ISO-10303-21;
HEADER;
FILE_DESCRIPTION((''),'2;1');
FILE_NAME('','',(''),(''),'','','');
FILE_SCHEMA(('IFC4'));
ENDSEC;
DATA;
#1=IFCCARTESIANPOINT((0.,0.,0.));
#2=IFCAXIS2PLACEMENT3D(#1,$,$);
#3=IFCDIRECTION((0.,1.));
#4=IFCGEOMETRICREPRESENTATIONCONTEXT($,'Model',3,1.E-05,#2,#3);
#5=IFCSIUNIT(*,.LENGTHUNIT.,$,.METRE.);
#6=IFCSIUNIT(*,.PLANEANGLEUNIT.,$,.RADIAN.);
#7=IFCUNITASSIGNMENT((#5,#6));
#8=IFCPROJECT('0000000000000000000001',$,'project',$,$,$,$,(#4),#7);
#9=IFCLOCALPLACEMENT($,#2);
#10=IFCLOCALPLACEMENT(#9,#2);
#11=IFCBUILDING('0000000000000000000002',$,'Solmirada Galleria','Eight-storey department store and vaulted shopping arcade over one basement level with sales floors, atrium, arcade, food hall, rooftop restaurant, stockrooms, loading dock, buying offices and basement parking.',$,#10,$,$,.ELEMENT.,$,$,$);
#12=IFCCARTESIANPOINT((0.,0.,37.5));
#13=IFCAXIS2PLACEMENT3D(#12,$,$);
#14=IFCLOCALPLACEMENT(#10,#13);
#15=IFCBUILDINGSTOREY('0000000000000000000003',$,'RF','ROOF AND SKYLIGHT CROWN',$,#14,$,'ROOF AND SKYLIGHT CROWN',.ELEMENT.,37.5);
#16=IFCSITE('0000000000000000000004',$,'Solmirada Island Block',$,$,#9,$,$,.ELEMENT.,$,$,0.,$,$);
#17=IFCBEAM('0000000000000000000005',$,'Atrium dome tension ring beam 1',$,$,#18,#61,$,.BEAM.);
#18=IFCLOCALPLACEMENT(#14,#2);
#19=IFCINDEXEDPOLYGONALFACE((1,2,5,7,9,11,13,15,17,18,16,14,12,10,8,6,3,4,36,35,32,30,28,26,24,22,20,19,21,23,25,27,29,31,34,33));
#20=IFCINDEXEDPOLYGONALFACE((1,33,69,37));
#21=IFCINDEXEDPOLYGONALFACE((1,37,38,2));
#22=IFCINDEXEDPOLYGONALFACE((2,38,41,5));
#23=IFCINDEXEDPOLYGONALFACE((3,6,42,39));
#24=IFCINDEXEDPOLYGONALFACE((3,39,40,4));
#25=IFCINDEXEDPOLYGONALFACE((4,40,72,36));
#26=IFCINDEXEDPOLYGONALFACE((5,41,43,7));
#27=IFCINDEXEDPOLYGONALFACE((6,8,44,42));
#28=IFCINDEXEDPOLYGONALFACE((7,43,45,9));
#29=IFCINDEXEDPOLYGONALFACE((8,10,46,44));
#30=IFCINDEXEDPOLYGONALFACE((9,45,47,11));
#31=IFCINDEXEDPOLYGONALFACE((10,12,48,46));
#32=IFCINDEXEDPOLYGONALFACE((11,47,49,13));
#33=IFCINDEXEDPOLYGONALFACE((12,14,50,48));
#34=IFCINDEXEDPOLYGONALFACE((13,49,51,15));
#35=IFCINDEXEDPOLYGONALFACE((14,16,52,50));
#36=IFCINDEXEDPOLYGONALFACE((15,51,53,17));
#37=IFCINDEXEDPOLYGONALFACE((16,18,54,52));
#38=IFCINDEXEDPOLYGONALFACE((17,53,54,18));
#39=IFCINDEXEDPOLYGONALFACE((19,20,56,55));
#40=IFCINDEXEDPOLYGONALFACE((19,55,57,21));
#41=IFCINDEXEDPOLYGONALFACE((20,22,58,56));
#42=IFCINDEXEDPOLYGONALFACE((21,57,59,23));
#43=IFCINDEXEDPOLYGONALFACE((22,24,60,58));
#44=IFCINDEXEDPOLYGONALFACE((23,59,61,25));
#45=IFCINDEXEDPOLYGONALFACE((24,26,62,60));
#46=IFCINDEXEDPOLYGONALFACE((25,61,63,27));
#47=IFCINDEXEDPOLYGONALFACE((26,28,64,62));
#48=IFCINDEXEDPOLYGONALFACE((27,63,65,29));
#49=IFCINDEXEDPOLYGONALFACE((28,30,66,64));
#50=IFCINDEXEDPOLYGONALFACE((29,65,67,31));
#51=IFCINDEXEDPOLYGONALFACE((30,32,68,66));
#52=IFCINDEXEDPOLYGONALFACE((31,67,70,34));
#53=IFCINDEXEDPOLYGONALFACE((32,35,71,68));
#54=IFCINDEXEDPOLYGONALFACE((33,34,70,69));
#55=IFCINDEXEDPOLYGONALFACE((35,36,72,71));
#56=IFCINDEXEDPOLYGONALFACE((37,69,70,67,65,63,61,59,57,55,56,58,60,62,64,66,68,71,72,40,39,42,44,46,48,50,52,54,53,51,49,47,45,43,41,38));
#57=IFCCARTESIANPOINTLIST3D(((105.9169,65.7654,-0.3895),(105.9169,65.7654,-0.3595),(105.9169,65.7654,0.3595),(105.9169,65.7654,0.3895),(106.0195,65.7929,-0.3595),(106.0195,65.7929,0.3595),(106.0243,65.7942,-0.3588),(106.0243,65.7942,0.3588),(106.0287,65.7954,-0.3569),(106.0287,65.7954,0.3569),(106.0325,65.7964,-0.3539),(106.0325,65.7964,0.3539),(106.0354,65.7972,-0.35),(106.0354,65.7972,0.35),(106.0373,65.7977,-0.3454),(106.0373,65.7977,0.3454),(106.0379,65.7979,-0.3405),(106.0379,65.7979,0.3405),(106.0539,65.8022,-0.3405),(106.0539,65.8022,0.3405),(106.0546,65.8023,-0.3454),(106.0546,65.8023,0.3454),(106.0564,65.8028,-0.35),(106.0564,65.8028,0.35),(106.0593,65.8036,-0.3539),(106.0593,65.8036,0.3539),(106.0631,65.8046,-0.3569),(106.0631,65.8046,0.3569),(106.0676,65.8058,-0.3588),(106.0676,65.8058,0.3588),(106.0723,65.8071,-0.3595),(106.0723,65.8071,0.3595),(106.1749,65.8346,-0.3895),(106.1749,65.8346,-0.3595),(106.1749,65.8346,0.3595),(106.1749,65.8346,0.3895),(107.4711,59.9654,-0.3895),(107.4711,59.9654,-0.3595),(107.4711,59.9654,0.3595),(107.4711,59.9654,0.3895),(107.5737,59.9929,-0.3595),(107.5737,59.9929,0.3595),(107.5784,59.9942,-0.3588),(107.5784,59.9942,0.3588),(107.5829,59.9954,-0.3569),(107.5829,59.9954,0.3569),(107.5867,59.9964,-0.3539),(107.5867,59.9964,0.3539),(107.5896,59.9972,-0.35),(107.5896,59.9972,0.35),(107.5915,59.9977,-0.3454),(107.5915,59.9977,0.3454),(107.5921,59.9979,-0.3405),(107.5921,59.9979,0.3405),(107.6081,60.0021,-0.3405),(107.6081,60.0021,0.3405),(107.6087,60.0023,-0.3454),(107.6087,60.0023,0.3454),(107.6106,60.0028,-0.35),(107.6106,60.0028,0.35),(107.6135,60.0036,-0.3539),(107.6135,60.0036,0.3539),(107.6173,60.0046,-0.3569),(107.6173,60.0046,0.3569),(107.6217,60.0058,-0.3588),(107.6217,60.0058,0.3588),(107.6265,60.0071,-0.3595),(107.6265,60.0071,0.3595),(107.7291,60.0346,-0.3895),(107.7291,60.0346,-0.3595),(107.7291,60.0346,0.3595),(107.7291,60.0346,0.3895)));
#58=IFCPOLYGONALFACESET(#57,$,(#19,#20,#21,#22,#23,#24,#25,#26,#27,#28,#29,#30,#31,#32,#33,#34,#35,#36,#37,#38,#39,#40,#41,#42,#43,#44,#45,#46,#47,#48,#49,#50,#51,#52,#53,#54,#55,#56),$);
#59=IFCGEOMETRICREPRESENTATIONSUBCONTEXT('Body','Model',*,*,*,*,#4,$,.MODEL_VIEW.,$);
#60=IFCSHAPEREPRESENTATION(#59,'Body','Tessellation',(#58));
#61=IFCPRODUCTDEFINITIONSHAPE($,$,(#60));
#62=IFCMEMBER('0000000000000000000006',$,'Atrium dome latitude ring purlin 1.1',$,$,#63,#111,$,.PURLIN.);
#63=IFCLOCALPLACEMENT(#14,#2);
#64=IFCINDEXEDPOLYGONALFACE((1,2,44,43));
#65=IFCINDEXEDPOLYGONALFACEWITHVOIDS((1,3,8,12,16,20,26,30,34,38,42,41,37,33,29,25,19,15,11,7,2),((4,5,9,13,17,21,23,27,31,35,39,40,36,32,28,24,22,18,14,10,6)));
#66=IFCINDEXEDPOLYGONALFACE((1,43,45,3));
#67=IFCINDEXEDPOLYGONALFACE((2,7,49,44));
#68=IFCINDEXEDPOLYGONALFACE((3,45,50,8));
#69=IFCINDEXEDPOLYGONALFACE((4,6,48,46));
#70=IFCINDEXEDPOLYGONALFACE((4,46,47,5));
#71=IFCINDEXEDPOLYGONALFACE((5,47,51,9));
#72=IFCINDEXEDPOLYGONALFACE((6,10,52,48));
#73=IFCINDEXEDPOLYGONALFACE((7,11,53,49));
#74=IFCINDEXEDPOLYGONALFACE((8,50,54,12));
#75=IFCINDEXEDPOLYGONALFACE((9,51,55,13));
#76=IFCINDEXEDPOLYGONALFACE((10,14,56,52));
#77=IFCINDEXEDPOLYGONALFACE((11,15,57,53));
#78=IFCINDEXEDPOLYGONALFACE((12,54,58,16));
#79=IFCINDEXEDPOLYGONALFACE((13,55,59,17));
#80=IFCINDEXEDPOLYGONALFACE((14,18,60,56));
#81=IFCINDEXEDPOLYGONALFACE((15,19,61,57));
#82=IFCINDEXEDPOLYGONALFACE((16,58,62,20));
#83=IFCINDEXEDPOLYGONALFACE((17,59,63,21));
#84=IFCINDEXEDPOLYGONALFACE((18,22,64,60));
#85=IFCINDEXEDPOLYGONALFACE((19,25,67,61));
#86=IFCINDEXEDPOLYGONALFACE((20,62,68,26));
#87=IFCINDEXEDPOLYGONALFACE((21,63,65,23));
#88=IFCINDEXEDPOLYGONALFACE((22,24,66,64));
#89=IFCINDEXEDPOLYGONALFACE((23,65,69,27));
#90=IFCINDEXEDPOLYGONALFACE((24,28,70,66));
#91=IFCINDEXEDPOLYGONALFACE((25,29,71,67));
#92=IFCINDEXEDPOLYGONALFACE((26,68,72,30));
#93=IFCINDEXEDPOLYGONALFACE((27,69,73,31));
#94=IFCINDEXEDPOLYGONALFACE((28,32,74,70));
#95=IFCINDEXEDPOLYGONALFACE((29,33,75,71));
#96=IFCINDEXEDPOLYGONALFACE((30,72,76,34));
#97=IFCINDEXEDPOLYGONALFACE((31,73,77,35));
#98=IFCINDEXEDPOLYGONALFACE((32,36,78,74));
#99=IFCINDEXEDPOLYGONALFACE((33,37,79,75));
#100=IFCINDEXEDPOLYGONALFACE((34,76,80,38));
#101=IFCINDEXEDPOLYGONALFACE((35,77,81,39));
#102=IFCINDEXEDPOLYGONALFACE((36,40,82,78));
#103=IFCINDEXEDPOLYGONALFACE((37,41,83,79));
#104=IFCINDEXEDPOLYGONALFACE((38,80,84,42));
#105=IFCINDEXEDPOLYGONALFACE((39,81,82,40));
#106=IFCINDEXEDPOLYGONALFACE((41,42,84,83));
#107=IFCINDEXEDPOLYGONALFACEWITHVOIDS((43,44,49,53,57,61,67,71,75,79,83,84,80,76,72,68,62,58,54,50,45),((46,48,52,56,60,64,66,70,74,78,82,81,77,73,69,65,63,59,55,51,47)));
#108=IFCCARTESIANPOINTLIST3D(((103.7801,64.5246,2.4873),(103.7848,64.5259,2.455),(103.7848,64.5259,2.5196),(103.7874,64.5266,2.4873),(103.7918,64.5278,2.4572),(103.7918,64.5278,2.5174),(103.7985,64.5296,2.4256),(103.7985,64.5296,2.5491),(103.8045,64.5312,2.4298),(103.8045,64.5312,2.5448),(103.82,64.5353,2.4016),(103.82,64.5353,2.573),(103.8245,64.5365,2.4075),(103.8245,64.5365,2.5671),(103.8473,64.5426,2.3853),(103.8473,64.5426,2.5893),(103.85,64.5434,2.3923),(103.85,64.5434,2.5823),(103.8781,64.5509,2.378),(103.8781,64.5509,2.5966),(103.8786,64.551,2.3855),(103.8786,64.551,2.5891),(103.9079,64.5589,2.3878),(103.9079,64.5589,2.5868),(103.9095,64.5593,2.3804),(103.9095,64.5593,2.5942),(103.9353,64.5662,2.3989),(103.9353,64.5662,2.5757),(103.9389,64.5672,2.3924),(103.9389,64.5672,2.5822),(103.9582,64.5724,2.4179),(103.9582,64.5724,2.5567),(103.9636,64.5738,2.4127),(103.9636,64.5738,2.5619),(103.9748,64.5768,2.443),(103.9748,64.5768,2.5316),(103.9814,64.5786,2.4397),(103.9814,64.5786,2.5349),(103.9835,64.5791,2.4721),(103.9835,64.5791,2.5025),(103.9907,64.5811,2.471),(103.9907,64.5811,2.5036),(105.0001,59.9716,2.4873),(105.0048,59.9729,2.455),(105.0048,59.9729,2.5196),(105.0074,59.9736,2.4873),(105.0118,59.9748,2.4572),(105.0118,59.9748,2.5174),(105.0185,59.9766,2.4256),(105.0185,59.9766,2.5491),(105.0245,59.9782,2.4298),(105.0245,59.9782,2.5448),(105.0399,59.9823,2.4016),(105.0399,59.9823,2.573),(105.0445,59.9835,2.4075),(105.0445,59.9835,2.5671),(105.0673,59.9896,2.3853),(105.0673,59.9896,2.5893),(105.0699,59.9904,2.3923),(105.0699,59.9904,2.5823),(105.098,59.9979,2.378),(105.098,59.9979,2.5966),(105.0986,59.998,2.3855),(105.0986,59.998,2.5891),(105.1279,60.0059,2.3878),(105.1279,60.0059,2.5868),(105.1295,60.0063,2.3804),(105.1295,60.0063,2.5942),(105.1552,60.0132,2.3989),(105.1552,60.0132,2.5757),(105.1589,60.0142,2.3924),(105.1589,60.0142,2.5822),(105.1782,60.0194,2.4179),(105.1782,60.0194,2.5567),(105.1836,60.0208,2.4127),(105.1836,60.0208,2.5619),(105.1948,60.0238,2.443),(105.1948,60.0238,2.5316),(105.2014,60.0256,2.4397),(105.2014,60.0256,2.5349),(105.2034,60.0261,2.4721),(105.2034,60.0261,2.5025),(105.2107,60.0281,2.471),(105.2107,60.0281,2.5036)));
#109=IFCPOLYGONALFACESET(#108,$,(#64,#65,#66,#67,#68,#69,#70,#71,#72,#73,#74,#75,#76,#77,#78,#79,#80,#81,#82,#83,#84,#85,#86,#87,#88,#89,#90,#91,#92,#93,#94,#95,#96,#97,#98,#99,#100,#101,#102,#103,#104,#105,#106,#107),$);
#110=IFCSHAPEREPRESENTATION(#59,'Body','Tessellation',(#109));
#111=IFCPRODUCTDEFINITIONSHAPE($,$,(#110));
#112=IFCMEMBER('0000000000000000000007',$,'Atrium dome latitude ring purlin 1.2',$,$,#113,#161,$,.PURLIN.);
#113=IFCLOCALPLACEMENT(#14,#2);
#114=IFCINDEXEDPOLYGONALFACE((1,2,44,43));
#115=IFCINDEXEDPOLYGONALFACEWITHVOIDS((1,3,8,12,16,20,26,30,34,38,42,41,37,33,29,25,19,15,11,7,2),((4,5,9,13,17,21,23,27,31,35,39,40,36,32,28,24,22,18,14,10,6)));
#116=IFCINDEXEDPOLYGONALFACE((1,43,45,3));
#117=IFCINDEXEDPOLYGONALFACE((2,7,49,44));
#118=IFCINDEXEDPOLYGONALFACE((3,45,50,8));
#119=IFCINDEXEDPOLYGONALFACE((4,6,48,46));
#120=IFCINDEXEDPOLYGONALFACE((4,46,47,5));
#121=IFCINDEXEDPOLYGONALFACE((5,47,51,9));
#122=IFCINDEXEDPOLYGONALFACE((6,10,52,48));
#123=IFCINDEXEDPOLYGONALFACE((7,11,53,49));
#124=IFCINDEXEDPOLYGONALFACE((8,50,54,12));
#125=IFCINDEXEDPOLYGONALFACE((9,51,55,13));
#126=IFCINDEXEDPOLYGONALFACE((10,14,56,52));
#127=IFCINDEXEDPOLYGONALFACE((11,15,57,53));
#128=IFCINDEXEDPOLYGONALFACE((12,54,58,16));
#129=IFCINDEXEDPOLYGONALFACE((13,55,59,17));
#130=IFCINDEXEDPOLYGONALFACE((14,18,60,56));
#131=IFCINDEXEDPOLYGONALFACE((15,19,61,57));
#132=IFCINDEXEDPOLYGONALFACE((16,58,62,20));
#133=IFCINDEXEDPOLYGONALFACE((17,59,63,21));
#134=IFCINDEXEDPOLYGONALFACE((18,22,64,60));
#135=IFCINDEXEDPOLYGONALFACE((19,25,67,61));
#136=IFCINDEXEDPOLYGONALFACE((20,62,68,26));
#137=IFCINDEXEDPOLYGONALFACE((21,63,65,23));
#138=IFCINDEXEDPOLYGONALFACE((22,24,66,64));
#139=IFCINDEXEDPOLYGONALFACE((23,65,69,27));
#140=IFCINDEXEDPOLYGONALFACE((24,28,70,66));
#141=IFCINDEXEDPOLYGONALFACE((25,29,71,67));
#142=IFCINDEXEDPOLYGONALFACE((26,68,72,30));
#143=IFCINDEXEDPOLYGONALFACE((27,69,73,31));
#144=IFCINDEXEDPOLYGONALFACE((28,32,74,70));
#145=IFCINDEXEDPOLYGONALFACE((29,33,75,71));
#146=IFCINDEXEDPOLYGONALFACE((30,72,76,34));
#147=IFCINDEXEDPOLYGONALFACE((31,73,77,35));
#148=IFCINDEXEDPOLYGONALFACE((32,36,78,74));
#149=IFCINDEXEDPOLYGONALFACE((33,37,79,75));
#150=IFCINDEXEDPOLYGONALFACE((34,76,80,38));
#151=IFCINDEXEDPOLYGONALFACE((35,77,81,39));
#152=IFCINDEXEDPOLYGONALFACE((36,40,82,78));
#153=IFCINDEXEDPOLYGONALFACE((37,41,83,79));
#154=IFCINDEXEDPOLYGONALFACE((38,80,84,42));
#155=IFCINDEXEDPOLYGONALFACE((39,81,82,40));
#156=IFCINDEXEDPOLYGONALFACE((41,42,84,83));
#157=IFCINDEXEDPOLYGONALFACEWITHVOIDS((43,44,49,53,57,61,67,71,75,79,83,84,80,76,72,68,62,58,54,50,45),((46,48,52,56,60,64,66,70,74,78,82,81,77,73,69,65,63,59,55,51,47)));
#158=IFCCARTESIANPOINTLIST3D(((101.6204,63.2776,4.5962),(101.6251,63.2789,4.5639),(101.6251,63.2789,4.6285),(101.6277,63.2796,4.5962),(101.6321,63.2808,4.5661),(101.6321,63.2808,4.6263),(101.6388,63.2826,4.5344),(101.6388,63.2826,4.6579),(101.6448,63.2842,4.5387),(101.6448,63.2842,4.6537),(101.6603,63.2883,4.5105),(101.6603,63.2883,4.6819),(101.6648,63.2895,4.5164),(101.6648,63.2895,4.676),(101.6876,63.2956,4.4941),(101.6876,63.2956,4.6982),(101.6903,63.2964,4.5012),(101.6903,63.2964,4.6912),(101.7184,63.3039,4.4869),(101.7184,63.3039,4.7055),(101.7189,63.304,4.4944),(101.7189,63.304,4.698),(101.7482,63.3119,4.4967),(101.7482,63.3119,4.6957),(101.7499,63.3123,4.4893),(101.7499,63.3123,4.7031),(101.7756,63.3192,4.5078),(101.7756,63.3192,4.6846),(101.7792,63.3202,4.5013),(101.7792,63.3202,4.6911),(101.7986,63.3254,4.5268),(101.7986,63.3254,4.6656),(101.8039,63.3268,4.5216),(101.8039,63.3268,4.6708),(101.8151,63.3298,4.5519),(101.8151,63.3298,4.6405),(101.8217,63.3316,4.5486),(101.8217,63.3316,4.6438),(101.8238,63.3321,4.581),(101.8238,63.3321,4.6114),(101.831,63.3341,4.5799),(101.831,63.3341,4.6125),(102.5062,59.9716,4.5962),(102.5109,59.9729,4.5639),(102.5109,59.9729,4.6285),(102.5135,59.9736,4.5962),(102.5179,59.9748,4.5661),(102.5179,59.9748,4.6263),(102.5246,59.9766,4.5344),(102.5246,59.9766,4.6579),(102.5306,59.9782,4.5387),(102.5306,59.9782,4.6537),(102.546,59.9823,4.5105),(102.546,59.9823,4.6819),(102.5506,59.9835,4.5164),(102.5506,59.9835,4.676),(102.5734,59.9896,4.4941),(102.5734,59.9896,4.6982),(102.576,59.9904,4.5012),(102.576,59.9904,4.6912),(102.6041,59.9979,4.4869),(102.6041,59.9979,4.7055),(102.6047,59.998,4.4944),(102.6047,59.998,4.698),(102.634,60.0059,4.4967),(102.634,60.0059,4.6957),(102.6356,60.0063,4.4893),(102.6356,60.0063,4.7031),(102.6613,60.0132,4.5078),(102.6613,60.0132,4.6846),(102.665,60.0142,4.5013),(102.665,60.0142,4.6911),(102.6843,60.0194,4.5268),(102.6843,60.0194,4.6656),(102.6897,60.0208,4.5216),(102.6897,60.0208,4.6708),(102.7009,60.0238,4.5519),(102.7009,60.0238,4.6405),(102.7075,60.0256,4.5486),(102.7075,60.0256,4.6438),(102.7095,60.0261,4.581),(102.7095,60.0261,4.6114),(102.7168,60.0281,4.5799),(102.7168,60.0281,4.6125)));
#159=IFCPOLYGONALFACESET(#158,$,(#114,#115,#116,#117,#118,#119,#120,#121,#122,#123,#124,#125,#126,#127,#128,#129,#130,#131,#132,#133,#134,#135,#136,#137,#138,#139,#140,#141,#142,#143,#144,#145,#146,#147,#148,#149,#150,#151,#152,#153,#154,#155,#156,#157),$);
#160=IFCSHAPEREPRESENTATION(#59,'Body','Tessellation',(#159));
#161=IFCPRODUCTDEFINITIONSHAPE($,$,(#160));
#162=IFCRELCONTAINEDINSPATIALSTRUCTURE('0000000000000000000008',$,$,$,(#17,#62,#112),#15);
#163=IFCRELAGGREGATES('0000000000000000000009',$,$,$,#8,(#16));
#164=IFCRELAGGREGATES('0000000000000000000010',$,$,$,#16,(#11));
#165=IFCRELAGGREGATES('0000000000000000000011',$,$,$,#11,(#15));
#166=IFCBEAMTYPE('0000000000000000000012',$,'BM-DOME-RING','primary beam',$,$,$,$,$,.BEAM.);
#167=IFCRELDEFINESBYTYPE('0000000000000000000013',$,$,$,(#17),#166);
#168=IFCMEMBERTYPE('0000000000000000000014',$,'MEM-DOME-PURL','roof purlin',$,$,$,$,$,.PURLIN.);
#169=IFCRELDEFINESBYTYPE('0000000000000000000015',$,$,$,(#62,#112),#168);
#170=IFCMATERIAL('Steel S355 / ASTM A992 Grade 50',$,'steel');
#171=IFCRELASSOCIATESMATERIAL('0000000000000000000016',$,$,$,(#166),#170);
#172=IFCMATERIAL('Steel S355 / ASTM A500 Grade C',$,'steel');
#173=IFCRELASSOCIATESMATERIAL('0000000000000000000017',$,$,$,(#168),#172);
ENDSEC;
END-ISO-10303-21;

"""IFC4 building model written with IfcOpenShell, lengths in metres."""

from ifc_helpers import new_model, si_unit, direction, frame, origin, origin_2d, place, context, subcontext, project, spatial, hollow_circle, i_section, extrude, material, material_profile, profile_set, type_object, element, save


model = new_model("IFC4")

# Units and contexts
model_context = context("Model", 3, precision=1e-05, world=origin(), true_north=direction((0.0, 1.0)))
body_context = subcontext(model_context, "Body", "Model", "MODEL_VIEW")
ifc_project = project(units=[si_unit("LENGTHUNIT", "METRE"), si_unit("PLANEANGLEUNIT", "RADIAN")], contexts=[model_context])

# Site, building, storey
site_placement = place(None, origin())
site = spatial("IfcSite", under=ifc_project, at=site_placement, Name="Solmirada Island Block", CompositionType="ELEMENT", RefElevation=0.0)
building_placement = place(site_placement, origin())
building = spatial("IfcBuilding", under=site, at=building_placement, Name="Solmirada Galleria", Description="Eight-storey department store and vaulted shopping arcade over one basement level with sales floors, atrium, arcade, food hall, rooftop restaurant, stockrooms, loading dock, buying offices and basement parking.", CompositionType="ELEMENT")
storey_placement = place(building_placement, frame((0.0, 0.0, 37.5)))
storey = spatial("IfcBuildingStorey", under=building, at=storey_placement, Name="RF", Description="ROOF AND SKYLIGHT CROWN", LongName="ROOF AND SKYLIGHT CROWN", CompositionType="ELEMENT", Elevation=37.5)

# Beam
ifc_material_1 = material(Name="Steel S355 / ASTM A992 Grade 50", Category="steel")
ifc_material_profile_1 = material_profile(ifc_material_1, i_section(OverallWidth=0.2671, OverallDepth=0.7791, WebThickness=0.0166, FlangeThickness=0.03, FilletRadius=0.019, at=origin_2d()), Name="W30X148")
ifc_profile_set_1 = profile_set([ifc_material_profile_1], Name="Steel S355 / ASTM A992 Grade 50")
beam_type = type_object("IfcBeamType", Name="BM-DOME-RING", Description="primary beam", PredefinedType="BEAM", material=ifc_profile_set_1)
beam_placement = place(storey_placement, frame((107.6001, 60.0, 0.0), z_axis=(-0.258832, 0.965922, 0.0), x_axis=(-0.965922, -0.258832, 0.0)))
element("IfcBeam", 1, at=beam_placement, inside=storey, type_object=beam_type, Name="Atrium dome tension ring beam 1", PredefinedType="BEAM", context=body_context, shape_type="SweptSolid", body=[
    extrude(i_section(OverallWidth=0.2671, OverallDepth=0.7791, WebThickness=0.0166, FlangeThickness=0.03, FilletRadius=0.019, at=origin_2d()), origin(), (0.0, 0.0, 1.0), 6.0046),
])

# Members
ifc_material_2 = material(Name="Steel S355 / ASTM A500 Grade C", Category="steel")
ifc_material_profile_2 = material_profile(ifc_material_2, hollow_circle(Radius=0.1096, WallThickness=0.0076, at=origin_2d()), Name="HSS8.625X0.322")
ifc_profile_set_2 = profile_set([ifc_material_profile_2], Name="Steel S355 / ASTM A500 Grade C")
member_type_1 = type_object("IfcMemberType", Name="MEM-DOME-PURL", Description="roof purlin", PredefinedType="PURLIN", material=ifc_profile_set_2)
member_1_placement = place(storey_placement, frame((105.106, 60.0, 2.4873), z_axis=(-0.25882, 0.965926, 0.0), x_axis=(-0.965926, -0.25882, 0.0)))
element("IfcMember", 2, at=member_1_placement, inside=storey, type_object=member_type_1, Name="Atrium dome latitude ring purlin 1.1", PredefinedType="PURLIN", context=body_context, shape_type="SweptSolid", body=[
    extrude(hollow_circle(Radius=0.1096, WallThickness=0.0076, at=origin_2d()), origin(), (0.0, 0.0, 1.0), 4.7136),
])
for number, where, z_axis, x_axis, name in (
    (3, (102.6121, 60.0, 4.5962), (-0.258799, 0.965931, 0.0), (-0.965931, -0.258799, 0.0), "Atrium dome latitude ring purlin 1.2"),
):
    element("IfcMember", number, at=place(storey_placement, frame(where, z_axis=z_axis, x_axis=x_axis)), inside=storey, type_object=member_type_1, Name=name, PredefinedType="PURLIN", context=body_context, shape_type="SweptSolid", body=[
        extrude(hollow_circle(Radius=0.1096, WallThickness=0.0076, at=origin_2d()), origin(), (0.0, 0.0, 1.0), 3.4226),
    ])

save(model, "model.ifc")
